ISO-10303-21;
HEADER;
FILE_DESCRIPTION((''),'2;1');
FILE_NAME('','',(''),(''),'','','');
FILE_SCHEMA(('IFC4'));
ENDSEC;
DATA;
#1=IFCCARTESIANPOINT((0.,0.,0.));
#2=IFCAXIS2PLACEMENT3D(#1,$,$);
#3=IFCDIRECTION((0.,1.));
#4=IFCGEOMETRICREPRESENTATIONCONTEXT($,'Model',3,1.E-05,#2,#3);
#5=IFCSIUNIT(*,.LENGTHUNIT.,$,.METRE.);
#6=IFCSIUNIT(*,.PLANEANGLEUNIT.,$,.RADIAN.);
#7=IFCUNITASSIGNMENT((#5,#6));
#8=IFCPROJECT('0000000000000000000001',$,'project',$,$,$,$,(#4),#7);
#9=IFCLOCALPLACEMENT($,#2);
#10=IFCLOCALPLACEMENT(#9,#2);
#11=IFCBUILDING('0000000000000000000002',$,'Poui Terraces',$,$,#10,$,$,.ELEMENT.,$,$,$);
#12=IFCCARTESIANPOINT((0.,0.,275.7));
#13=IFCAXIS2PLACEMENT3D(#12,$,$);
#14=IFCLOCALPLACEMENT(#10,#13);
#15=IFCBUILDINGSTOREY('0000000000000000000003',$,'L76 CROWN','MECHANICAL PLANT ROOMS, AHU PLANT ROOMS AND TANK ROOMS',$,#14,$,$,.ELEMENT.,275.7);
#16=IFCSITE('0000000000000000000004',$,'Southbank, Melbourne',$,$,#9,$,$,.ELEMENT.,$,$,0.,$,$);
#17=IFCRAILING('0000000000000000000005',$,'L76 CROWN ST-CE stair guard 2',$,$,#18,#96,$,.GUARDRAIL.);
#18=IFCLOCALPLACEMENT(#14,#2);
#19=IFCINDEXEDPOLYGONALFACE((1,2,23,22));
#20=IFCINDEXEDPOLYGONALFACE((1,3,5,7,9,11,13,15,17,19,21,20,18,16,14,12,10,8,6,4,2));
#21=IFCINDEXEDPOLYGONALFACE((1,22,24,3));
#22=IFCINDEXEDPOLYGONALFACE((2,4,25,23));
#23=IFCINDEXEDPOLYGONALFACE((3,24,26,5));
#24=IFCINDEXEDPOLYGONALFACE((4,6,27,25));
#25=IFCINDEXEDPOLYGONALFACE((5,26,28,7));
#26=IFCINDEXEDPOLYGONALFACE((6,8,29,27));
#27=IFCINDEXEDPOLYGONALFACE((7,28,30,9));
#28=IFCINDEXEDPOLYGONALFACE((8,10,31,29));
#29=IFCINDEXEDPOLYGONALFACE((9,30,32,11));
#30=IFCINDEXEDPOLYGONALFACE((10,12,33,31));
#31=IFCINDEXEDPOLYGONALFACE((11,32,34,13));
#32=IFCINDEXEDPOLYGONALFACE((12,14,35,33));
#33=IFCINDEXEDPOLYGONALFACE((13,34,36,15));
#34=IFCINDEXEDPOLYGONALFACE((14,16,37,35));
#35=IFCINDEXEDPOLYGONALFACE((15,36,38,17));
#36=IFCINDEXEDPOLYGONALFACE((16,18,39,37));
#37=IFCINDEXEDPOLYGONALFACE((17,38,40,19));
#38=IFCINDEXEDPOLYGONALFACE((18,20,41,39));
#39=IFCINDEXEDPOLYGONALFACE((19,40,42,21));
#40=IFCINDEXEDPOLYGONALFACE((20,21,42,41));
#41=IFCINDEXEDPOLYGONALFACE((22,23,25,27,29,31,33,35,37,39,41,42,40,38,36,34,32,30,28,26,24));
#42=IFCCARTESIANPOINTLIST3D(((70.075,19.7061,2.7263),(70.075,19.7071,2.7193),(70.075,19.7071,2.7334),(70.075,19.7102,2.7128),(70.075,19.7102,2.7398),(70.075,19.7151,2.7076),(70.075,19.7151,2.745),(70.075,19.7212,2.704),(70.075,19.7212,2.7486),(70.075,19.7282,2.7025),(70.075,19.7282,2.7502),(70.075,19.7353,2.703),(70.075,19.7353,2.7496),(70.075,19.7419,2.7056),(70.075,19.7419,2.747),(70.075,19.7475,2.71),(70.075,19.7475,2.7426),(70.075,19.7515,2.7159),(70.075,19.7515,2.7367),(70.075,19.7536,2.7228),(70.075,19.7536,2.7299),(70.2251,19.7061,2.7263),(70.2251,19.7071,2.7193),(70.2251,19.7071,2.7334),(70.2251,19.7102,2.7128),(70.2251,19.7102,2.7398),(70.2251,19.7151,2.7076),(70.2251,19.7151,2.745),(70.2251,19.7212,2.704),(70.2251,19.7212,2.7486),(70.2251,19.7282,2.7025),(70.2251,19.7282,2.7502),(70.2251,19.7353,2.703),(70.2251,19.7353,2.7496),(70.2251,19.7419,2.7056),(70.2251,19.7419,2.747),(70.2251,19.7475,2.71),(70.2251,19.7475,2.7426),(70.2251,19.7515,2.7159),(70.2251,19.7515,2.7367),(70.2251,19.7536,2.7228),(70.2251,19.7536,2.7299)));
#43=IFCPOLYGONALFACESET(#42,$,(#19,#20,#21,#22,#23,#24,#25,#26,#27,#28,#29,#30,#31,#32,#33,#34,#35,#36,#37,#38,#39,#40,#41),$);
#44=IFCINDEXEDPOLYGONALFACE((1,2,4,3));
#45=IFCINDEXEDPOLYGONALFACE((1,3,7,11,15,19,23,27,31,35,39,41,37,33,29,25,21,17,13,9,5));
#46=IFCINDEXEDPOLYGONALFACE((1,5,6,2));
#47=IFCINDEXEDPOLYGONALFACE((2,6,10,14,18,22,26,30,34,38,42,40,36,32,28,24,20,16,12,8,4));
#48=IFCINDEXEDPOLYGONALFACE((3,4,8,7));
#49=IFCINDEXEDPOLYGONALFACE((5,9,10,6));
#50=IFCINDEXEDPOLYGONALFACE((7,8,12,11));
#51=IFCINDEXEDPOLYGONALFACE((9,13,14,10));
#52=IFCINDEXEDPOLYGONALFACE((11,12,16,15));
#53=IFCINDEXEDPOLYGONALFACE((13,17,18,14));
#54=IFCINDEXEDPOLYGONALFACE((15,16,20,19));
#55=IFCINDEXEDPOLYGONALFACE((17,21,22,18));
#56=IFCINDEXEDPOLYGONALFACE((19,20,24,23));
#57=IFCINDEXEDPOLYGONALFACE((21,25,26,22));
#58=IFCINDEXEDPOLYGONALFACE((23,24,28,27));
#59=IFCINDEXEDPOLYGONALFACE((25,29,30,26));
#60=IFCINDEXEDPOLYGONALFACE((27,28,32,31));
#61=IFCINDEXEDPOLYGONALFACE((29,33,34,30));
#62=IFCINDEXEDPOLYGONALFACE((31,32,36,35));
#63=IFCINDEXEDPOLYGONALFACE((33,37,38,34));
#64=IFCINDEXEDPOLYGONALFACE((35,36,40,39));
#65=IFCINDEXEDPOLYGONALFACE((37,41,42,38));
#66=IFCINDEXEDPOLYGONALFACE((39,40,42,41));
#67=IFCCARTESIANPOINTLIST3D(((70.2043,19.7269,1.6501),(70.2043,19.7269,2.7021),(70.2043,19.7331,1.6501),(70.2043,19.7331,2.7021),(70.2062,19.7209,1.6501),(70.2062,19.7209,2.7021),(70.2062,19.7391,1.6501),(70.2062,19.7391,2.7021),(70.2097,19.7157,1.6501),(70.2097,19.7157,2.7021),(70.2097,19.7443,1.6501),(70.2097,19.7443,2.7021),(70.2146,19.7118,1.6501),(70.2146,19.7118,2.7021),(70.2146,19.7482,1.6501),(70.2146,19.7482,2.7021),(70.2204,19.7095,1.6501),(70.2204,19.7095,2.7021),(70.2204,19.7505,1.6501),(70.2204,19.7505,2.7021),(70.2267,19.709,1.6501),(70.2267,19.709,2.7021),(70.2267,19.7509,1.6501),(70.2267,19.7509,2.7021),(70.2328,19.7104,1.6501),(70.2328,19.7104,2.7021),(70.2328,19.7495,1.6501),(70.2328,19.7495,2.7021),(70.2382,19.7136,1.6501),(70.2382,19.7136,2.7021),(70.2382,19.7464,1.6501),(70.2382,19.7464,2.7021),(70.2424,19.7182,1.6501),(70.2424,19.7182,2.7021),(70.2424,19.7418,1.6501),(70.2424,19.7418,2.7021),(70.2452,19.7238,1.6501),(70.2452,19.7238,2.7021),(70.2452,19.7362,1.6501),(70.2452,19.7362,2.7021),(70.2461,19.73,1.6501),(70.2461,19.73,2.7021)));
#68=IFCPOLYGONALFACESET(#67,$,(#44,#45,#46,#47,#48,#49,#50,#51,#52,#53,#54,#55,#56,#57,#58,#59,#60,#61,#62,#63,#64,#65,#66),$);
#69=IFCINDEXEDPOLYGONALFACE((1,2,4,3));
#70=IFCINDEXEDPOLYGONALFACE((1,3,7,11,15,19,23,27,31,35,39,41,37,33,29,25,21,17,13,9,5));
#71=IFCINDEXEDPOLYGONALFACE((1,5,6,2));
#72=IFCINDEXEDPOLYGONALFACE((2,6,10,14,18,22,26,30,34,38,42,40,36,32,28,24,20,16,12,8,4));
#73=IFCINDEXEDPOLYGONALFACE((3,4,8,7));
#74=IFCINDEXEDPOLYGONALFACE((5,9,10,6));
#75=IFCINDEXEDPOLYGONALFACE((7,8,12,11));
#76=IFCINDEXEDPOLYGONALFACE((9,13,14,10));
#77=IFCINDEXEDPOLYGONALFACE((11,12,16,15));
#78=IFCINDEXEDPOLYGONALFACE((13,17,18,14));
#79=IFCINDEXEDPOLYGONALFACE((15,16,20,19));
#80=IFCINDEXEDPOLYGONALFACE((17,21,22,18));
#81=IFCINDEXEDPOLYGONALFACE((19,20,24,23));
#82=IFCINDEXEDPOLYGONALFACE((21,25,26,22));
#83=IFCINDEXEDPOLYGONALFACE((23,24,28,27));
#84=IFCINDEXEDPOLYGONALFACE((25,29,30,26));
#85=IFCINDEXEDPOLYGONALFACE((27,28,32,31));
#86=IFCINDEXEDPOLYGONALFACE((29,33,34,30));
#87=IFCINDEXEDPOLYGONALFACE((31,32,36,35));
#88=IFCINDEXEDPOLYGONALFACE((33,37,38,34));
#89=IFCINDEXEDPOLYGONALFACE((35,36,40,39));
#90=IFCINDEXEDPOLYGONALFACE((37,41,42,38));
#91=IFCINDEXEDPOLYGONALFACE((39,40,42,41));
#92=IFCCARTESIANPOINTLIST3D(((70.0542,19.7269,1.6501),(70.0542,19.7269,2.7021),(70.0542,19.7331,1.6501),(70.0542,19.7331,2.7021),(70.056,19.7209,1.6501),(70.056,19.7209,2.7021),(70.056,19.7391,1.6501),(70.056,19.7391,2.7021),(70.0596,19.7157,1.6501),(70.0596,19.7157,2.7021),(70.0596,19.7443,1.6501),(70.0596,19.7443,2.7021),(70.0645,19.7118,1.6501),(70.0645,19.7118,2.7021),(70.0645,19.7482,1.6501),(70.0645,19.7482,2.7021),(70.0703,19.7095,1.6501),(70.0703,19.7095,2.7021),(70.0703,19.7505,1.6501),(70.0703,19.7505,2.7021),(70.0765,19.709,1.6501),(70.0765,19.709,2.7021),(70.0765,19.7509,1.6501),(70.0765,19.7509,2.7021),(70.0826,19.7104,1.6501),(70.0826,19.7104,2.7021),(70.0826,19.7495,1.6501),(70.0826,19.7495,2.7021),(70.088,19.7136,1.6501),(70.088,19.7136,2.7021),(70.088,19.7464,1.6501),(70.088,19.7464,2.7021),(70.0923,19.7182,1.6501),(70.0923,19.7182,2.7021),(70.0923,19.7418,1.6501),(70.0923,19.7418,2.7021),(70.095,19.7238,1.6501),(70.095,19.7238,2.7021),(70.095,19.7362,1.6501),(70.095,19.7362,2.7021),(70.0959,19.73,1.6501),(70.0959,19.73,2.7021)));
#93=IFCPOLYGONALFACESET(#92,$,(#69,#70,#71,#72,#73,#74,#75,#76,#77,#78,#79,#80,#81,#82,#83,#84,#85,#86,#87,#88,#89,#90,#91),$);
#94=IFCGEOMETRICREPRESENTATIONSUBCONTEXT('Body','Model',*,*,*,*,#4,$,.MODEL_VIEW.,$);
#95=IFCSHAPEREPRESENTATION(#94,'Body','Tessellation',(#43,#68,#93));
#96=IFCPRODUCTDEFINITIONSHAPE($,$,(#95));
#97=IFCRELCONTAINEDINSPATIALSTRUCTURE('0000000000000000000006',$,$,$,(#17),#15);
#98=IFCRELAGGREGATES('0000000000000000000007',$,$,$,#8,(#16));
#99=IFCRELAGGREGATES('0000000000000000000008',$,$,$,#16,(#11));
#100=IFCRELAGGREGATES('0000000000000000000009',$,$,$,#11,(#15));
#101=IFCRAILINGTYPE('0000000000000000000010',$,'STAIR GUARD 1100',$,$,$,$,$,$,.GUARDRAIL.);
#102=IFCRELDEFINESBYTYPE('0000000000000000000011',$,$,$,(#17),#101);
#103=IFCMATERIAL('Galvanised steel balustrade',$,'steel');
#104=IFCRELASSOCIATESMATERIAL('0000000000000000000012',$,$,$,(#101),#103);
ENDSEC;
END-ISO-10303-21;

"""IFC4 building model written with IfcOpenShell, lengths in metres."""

from ifc_helpers import new_model, si_unit, direction, frame, origin, origin_2d, place, context, subcontext, project, spatial, circle, extrude, material, type_object, element, save


model = new_model("IFC4")

# Units and contexts
model_context = context("Model", 3, precision=1e-05, world=origin(), true_north=direction((0.0, 1.0)))
body_context = subcontext(model_context, "Body", "Model", "MODEL_VIEW")
ifc_project = project(units=[si_unit("LENGTHUNIT", "METRE"), si_unit("PLANEANGLEUNIT", "RADIAN")], contexts=[model_context])

# Site, building, storey
site_placement = place(None, origin())
site = spatial("IfcSite", under=ifc_project, at=site_placement, Name="Southbank, Melbourne", CompositionType="ELEMENT", RefElevation=0.0)
building_placement = place(site_placement, origin())
building = spatial("IfcBuilding", under=site, at=building_placement, Name="Poui Terraces", CompositionType="ELEMENT")
storey_placement = place(building_placement, frame((0.0, 0.0, 275.7)))
storey = spatial("IfcBuildingStorey", under=building, at=storey_placement, Name="L76 CROWN", Description="MECHANICAL PLANT ROOMS, AHU PLANT ROOMS AND TANK ROOMS", CompositionType="ELEMENT", Elevation=275.7)

# Railing
ifc_material_1 = material(Name="Galvanised steel balustrade", Category="steel")
railing_type_1 = type_object("IfcRailingType", Name="STAIR GUARD 1100", PredefinedType="GUARDRAIL", material=ifc_material_1)
railing_1_placement = place(storey_placement, frame((70.2251, 19.73, 1.6501)))
element("IfcRailing", 1, at=railing_1_placement, inside=storey, type_object=railing_type_1, Name="L76 CROWN ST-CE stair guard 2", PredefinedType="GUARDRAIL", context=body_context, shape_type="SweptSolid", body=[
    extrude(circle(Radius=0.0239, at=origin_2d()), frame((0.0, 0.0, 1.0762), z_axis=(-1.0, 0.0, 0.0), x_axis=(0.0, -1.0, 0.0)), (0.0, 0.0, 1.0), 0.1501),
    extrude(circle(Radius=0.021, at=origin_2d()), origin(), (0.0, 0.0, 1.0), 1.052),
    extrude(circle(Radius=0.021, at=origin_2d()), frame((-0.1501, 0.0, 0.0)), (0.0, 0.0, 1.0), 1.052),
])

save(model, "model.ifc")
